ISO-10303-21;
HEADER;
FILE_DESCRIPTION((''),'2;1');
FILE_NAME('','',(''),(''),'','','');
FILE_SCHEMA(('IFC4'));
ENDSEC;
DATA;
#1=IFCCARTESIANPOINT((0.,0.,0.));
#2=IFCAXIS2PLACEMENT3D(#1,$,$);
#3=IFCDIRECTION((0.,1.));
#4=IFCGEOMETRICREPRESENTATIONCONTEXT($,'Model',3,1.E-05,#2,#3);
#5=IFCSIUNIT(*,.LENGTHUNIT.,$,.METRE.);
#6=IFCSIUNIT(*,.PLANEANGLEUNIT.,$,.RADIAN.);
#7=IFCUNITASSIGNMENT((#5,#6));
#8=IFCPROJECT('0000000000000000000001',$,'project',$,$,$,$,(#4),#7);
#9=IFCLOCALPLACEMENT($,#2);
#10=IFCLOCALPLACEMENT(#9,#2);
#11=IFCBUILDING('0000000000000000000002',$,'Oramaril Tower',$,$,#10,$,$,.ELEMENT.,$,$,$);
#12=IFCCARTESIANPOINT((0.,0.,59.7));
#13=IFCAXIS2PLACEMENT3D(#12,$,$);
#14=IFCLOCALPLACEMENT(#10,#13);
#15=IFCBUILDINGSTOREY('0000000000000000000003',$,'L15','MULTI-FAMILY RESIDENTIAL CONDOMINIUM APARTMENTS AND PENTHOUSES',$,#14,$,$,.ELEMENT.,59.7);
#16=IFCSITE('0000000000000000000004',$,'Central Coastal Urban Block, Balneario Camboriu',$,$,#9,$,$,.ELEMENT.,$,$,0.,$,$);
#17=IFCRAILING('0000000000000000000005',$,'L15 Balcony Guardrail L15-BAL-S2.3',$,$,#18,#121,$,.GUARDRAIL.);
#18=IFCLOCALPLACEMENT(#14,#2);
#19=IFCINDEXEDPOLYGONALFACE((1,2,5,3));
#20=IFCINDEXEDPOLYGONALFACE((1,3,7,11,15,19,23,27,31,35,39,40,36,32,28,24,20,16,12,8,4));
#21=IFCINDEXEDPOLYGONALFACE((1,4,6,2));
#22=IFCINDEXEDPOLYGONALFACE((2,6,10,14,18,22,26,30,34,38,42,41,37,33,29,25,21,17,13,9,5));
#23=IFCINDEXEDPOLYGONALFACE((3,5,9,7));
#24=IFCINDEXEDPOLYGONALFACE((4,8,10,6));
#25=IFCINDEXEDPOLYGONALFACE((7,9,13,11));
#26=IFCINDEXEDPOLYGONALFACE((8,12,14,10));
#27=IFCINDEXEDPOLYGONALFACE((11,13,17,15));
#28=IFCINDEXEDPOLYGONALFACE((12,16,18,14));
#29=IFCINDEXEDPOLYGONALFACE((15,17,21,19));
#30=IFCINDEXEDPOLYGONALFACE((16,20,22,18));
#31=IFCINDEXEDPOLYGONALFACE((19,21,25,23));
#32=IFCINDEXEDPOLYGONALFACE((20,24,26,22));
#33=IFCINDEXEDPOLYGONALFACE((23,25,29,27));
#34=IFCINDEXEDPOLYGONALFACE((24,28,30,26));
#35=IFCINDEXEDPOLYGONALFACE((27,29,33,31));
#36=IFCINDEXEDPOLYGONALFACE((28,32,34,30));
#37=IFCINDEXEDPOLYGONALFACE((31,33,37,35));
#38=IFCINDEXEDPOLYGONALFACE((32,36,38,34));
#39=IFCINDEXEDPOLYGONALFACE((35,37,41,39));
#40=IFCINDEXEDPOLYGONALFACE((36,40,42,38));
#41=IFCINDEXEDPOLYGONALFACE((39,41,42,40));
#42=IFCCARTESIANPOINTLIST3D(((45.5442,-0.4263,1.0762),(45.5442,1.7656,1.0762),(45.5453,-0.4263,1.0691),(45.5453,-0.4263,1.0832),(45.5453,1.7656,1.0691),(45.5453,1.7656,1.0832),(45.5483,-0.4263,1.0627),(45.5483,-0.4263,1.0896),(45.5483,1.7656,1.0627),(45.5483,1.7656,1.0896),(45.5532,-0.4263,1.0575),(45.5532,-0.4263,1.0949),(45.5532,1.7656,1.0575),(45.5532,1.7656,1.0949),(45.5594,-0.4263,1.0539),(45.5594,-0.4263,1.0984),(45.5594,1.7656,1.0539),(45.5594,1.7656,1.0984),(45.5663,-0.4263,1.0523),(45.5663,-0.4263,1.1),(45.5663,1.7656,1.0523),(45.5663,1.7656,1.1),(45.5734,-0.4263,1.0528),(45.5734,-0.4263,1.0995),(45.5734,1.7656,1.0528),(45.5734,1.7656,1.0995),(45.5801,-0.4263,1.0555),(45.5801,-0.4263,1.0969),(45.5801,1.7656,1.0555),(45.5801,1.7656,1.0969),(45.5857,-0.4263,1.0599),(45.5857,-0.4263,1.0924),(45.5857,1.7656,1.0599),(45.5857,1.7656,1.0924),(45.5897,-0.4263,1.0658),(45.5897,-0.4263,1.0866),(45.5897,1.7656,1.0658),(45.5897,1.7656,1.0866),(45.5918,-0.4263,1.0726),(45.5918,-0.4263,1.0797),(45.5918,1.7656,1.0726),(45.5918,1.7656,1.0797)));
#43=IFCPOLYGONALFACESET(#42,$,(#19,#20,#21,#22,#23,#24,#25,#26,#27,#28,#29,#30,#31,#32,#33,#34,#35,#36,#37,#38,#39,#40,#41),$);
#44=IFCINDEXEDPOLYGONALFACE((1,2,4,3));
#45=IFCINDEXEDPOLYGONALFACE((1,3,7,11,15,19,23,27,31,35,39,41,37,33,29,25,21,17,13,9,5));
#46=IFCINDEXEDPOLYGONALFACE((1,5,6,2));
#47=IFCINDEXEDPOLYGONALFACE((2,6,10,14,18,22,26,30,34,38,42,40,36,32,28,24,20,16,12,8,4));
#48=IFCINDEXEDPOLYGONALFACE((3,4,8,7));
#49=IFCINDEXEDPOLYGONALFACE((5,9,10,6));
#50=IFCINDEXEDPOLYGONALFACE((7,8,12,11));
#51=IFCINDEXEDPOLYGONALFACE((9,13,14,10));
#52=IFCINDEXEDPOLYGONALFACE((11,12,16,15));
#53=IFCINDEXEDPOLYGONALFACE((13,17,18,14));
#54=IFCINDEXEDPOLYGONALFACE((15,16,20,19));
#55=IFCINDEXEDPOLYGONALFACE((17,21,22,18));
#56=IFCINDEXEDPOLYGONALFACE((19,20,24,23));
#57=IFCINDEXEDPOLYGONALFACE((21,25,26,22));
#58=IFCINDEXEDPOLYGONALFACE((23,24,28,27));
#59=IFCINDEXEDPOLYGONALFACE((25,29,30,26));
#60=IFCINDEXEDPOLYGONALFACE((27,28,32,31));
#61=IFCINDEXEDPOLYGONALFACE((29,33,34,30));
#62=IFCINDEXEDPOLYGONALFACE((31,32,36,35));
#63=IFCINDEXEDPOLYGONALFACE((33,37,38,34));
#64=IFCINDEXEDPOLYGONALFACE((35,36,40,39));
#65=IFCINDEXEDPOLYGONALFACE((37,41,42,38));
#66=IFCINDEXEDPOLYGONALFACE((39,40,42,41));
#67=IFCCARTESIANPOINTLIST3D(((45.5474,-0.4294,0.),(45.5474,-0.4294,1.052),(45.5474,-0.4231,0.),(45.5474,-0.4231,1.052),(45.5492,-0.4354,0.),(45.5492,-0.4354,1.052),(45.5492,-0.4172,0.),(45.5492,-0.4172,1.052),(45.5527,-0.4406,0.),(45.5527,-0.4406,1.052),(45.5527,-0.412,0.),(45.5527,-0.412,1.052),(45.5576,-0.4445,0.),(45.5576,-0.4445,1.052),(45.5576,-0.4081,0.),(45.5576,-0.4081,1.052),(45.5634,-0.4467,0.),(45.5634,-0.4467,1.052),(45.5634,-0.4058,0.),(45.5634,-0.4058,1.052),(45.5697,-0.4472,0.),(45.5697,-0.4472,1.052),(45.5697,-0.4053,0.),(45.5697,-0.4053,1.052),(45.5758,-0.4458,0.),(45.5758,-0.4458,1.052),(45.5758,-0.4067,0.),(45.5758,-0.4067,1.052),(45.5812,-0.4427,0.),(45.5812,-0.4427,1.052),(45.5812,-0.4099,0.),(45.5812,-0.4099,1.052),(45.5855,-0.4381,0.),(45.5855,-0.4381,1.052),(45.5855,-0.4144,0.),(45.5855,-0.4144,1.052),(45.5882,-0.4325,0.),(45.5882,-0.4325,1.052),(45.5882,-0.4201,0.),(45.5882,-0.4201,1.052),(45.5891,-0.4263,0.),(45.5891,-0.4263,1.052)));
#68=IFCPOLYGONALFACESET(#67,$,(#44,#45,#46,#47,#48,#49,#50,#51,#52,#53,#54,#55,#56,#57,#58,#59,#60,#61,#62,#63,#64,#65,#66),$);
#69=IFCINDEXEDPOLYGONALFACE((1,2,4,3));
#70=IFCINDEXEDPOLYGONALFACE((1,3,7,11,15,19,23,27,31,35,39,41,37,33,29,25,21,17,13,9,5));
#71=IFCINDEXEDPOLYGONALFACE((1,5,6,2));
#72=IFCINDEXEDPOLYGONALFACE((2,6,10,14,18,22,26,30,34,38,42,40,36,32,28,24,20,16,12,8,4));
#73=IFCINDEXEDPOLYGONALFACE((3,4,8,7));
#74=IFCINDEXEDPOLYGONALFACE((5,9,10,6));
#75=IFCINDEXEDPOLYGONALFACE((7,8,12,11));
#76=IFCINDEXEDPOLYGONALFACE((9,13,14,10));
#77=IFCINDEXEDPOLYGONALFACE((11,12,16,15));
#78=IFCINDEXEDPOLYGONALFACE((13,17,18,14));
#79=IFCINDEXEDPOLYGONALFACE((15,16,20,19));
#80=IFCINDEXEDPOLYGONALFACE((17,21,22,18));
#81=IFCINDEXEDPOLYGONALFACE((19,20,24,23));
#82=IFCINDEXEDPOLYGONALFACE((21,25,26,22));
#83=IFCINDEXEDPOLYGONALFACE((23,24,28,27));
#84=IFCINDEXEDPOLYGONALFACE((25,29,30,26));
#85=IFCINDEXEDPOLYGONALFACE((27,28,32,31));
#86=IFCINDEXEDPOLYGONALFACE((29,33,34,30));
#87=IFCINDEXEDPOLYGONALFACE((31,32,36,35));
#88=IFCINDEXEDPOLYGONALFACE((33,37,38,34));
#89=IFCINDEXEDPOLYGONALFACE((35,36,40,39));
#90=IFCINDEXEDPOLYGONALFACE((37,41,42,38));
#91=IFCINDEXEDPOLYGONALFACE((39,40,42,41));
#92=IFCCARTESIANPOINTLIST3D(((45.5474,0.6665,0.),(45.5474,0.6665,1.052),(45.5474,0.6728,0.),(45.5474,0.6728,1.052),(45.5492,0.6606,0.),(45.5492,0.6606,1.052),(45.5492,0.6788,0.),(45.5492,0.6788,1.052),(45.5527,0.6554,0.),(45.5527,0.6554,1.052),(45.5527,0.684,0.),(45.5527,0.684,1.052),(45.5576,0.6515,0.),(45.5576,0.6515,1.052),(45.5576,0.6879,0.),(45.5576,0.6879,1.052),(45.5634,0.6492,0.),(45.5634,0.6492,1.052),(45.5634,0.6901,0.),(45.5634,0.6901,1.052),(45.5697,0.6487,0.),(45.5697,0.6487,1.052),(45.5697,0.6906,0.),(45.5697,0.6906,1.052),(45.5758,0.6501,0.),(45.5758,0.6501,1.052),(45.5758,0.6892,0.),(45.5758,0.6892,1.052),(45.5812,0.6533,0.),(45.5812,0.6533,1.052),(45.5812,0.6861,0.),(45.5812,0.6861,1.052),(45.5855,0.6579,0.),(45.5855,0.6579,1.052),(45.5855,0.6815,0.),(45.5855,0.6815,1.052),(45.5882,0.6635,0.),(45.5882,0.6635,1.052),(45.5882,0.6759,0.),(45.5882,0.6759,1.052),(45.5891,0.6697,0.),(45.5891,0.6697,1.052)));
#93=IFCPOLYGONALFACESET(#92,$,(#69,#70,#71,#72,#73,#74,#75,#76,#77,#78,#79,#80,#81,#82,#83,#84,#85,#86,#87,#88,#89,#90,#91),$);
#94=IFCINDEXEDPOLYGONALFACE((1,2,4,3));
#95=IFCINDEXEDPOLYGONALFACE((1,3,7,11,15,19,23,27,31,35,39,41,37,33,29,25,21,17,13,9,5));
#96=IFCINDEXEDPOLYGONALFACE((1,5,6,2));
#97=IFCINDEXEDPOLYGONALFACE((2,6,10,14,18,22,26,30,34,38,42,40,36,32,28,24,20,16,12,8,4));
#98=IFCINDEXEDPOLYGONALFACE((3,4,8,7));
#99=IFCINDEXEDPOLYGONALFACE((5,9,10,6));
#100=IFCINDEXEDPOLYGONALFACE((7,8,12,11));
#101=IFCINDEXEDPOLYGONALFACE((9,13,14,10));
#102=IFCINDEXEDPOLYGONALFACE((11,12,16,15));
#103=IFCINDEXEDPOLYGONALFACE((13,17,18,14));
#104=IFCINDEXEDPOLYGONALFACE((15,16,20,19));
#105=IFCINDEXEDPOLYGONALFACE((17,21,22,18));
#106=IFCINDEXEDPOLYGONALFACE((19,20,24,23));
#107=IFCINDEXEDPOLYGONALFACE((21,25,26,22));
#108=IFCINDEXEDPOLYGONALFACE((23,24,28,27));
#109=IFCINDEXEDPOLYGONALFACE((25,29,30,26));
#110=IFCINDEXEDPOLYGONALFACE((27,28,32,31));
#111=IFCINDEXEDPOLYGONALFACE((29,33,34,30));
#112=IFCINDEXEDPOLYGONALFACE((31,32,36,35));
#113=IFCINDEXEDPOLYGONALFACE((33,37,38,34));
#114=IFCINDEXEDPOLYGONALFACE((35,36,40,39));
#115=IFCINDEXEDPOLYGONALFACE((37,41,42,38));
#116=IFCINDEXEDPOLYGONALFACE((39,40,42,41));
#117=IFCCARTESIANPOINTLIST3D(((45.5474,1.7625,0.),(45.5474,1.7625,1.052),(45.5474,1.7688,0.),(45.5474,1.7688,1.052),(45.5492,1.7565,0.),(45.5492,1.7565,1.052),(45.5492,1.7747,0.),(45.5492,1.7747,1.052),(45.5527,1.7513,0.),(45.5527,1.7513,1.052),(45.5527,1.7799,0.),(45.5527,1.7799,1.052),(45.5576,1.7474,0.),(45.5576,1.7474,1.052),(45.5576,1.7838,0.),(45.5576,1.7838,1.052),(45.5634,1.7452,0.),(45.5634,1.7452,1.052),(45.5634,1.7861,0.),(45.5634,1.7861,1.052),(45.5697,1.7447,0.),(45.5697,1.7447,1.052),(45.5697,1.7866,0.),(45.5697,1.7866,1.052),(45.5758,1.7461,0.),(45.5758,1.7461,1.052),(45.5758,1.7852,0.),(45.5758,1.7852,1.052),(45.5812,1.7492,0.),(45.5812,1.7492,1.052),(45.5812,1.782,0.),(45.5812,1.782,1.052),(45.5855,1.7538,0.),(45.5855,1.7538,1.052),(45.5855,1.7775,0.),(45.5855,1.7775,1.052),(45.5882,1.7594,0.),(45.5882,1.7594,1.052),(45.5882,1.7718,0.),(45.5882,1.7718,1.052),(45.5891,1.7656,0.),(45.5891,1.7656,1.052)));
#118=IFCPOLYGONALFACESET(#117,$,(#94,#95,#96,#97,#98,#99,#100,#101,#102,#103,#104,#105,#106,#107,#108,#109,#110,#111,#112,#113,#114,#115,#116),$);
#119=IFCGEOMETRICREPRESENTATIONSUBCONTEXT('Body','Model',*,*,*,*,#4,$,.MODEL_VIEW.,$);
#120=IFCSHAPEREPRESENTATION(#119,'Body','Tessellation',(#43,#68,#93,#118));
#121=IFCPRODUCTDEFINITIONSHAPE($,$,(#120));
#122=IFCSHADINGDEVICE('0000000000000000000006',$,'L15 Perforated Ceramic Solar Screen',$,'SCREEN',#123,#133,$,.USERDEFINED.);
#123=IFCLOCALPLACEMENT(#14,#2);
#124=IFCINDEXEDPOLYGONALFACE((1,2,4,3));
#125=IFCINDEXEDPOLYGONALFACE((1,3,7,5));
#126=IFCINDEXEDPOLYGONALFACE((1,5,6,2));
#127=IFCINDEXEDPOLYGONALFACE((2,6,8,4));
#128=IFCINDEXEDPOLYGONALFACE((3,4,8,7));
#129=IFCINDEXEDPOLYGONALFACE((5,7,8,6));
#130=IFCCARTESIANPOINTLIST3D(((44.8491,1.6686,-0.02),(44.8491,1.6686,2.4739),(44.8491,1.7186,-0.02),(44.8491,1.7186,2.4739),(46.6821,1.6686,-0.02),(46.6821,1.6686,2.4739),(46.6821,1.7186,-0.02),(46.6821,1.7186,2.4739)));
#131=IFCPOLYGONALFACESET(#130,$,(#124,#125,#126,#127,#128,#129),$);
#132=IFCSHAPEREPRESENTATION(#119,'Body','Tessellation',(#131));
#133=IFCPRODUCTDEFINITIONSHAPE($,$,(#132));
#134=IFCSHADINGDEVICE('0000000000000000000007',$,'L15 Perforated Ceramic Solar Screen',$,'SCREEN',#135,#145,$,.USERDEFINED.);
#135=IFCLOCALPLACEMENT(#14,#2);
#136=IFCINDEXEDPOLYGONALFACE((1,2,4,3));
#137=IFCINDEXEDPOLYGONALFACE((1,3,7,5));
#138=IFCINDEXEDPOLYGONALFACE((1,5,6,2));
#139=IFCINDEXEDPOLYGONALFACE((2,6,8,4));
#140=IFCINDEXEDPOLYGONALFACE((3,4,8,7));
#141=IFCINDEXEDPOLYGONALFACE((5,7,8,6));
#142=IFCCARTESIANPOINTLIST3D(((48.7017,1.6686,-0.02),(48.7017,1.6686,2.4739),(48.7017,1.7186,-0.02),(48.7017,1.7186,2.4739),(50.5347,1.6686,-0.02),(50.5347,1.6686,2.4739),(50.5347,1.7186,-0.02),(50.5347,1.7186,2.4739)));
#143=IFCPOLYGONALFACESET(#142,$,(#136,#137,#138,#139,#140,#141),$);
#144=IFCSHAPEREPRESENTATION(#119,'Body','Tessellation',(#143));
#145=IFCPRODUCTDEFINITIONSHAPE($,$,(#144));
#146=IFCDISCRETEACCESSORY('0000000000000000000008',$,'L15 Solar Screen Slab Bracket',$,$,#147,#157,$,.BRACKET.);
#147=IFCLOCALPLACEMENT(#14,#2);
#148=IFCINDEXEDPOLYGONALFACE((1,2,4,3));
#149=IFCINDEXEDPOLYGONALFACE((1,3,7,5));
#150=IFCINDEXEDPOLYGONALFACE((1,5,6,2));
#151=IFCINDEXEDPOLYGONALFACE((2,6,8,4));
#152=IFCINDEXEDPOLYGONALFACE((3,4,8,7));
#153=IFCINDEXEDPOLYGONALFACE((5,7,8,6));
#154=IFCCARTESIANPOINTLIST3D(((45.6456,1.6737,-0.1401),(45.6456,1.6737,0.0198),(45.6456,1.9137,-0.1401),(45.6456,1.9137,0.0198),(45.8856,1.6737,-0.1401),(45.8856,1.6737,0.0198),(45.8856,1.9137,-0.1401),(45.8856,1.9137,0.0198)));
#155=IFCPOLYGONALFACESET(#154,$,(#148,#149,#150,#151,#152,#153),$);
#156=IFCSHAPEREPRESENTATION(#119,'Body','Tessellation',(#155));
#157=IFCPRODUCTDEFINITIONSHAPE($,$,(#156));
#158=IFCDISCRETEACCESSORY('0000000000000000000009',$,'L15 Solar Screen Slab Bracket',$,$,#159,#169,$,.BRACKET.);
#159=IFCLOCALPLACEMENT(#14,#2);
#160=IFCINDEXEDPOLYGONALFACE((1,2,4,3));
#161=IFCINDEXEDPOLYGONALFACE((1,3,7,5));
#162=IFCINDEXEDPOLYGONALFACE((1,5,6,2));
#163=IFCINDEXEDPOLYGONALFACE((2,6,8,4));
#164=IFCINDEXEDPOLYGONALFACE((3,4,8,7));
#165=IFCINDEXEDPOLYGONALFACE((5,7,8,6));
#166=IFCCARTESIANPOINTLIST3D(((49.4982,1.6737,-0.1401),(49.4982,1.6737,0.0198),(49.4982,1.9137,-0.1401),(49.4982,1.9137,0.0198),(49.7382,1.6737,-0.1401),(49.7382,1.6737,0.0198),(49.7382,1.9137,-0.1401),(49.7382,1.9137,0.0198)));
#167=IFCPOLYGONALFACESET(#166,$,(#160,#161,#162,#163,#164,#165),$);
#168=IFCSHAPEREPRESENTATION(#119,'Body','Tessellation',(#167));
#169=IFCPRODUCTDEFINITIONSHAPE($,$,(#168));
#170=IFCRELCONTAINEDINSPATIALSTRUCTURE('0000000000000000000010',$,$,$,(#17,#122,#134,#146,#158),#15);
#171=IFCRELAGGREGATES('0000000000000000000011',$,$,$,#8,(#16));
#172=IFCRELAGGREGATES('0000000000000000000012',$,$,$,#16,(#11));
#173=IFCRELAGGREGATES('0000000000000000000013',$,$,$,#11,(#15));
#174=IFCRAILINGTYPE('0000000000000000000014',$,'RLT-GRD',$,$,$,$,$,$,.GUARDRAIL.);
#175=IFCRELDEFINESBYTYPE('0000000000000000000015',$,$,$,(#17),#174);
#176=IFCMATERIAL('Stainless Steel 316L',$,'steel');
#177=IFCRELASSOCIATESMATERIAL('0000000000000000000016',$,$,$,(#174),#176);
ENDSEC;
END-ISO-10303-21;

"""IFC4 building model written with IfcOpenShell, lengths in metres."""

from ifc_helpers import new_model, si_unit, direction, frame, origin, origin_2d, place, context, subcontext, project, spatial, rectangle, circle, extrude, material, type_object, element, save


model = new_model("IFC4")

# Units and contexts
model_context = context("Model", 3, precision=1e-05, world=origin(), true_north=direction((0.0, 1.0)))
body_context = subcontext(model_context, "Body", "Model", "MODEL_VIEW")
ifc_project = project(units=[si_unit("LENGTHUNIT", "METRE"), si_unit("PLANEANGLEUNIT", "RADIAN")], contexts=[model_context])

# Site, building, storey
site_placement = place(None, origin())
site = spatial("IfcSite", under=ifc_project, at=site_placement, Name="Central Coastal Urban Block, Balneario Camboriu", CompositionType="ELEMENT", RefElevation=0.0)
building_placement = place(site_placement, origin())
building = spatial("IfcBuilding", under=site, at=building_placement, Name="Oramaril Tower", CompositionType="ELEMENT")
storey_placement = place(building_placement, frame((0.0, 0.0, 59.7)))
storey = spatial("IfcBuildingStorey", under=building, at=storey_placement, Name="L15", Description="MULTI-FAMILY RESIDENTIAL CONDOMINIUM APARTMENTS AND PENTHOUSES", CompositionType="ELEMENT", Elevation=59.7)

# Railing
ifc_material_1 = material(Name="Stainless Steel 316L", Category="steel")
railing_type = type_object("IfcRailingType", Name="RLT-GRD", PredefinedType="GUARDRAIL", material=ifc_material_1)
railing_1_placement = place(storey_placement, frame((45.5681, -0.4263, 0.0)))
element("IfcRailing", 1, at=railing_1_placement, inside=storey, type_object=railing_type, Name="L15 Balcony Guardrail L15-BAL-S2.3", PredefinedType="GUARDRAIL", context=body_context, shape_type="SweptSolid", body=[
    extrude(circle(Radius=0.0239, at=origin_2d()), frame((0.0, 0.0, 1.0762), z_axis=(0.0, 1.0, 0.0), x_axis=(-1.0, 0.0, 0.0)), (0.0, 0.0, 1.0), 2.1919),
    extrude(circle(Radius=0.021, at=origin_2d()), origin(), (0.0, 0.0, 1.0), 1.052),
    extrude(circle(Radius=0.021, at=origin_2d()), frame((0.0, 1.0959, 0.0)), (0.0, 0.0, 1.0), 1.052),
    extrude(circle(Radius=0.021, at=origin_2d()), frame((0.0, 2.1919, 0.0)), (0.0, 0.0, 1.0), 1.052),
])

# Shading devices
for number, where, z_axis, x_axis, name in (
    (2, (45.7656, 1.6936, -0.02), (0.0, 0.0, 1.0), (1.0, 0.0, 0.0), "L15 Perforated Ceramic Solar Screen"),
    (3, (49.6182, 1.6936, -0.02), (0.0, 0.0, 1.0), (1.0, 0.0, 0.0), "L15 Perforated Ceramic Solar Screen"),
):
    element("IfcShadingDevice", number, at=place(storey_placement, frame(where, z_axis=z_axis, x_axis=x_axis)), inside=storey, Name=name, ObjectType="SCREEN", PredefinedType="USERDEFINED", context=body_context, shape_type="SweptSolid", body=[
        extrude(rectangle(XDim=1.833, YDim=0.05, at=origin_2d()), origin(), (0.0, 0.0, 1.0), 2.4939),
    ])

# Discrete accessories
for number, where, z_axis, x_axis, name in (
    (4, (45.7656, 1.7937, -0.1401), (0.0, 0.0, 1.0), (1.0, 0.0, 0.0), "L15 Solar Screen Slab Bracket"),
    (5, (49.6182, 1.7937, -0.1401), (0.0, 0.0, 1.0), (1.0, 0.0, 0.0), "L15 Solar Screen Slab Bracket"),
):
    element("IfcDiscreteAccessory", number, at=place(storey_placement, frame(where, z_axis=z_axis, x_axis=x_axis)), inside=storey, Name=name, PredefinedType="BRACKET", context=body_context, shape_type="SweptSolid", body=[
        extrude(rectangle(XDim=0.24, YDim=0.24, at=origin_2d()), origin(), (0.0, 0.0, 1.0), 0.1599),
    ])

save(model, "model.ifc")
